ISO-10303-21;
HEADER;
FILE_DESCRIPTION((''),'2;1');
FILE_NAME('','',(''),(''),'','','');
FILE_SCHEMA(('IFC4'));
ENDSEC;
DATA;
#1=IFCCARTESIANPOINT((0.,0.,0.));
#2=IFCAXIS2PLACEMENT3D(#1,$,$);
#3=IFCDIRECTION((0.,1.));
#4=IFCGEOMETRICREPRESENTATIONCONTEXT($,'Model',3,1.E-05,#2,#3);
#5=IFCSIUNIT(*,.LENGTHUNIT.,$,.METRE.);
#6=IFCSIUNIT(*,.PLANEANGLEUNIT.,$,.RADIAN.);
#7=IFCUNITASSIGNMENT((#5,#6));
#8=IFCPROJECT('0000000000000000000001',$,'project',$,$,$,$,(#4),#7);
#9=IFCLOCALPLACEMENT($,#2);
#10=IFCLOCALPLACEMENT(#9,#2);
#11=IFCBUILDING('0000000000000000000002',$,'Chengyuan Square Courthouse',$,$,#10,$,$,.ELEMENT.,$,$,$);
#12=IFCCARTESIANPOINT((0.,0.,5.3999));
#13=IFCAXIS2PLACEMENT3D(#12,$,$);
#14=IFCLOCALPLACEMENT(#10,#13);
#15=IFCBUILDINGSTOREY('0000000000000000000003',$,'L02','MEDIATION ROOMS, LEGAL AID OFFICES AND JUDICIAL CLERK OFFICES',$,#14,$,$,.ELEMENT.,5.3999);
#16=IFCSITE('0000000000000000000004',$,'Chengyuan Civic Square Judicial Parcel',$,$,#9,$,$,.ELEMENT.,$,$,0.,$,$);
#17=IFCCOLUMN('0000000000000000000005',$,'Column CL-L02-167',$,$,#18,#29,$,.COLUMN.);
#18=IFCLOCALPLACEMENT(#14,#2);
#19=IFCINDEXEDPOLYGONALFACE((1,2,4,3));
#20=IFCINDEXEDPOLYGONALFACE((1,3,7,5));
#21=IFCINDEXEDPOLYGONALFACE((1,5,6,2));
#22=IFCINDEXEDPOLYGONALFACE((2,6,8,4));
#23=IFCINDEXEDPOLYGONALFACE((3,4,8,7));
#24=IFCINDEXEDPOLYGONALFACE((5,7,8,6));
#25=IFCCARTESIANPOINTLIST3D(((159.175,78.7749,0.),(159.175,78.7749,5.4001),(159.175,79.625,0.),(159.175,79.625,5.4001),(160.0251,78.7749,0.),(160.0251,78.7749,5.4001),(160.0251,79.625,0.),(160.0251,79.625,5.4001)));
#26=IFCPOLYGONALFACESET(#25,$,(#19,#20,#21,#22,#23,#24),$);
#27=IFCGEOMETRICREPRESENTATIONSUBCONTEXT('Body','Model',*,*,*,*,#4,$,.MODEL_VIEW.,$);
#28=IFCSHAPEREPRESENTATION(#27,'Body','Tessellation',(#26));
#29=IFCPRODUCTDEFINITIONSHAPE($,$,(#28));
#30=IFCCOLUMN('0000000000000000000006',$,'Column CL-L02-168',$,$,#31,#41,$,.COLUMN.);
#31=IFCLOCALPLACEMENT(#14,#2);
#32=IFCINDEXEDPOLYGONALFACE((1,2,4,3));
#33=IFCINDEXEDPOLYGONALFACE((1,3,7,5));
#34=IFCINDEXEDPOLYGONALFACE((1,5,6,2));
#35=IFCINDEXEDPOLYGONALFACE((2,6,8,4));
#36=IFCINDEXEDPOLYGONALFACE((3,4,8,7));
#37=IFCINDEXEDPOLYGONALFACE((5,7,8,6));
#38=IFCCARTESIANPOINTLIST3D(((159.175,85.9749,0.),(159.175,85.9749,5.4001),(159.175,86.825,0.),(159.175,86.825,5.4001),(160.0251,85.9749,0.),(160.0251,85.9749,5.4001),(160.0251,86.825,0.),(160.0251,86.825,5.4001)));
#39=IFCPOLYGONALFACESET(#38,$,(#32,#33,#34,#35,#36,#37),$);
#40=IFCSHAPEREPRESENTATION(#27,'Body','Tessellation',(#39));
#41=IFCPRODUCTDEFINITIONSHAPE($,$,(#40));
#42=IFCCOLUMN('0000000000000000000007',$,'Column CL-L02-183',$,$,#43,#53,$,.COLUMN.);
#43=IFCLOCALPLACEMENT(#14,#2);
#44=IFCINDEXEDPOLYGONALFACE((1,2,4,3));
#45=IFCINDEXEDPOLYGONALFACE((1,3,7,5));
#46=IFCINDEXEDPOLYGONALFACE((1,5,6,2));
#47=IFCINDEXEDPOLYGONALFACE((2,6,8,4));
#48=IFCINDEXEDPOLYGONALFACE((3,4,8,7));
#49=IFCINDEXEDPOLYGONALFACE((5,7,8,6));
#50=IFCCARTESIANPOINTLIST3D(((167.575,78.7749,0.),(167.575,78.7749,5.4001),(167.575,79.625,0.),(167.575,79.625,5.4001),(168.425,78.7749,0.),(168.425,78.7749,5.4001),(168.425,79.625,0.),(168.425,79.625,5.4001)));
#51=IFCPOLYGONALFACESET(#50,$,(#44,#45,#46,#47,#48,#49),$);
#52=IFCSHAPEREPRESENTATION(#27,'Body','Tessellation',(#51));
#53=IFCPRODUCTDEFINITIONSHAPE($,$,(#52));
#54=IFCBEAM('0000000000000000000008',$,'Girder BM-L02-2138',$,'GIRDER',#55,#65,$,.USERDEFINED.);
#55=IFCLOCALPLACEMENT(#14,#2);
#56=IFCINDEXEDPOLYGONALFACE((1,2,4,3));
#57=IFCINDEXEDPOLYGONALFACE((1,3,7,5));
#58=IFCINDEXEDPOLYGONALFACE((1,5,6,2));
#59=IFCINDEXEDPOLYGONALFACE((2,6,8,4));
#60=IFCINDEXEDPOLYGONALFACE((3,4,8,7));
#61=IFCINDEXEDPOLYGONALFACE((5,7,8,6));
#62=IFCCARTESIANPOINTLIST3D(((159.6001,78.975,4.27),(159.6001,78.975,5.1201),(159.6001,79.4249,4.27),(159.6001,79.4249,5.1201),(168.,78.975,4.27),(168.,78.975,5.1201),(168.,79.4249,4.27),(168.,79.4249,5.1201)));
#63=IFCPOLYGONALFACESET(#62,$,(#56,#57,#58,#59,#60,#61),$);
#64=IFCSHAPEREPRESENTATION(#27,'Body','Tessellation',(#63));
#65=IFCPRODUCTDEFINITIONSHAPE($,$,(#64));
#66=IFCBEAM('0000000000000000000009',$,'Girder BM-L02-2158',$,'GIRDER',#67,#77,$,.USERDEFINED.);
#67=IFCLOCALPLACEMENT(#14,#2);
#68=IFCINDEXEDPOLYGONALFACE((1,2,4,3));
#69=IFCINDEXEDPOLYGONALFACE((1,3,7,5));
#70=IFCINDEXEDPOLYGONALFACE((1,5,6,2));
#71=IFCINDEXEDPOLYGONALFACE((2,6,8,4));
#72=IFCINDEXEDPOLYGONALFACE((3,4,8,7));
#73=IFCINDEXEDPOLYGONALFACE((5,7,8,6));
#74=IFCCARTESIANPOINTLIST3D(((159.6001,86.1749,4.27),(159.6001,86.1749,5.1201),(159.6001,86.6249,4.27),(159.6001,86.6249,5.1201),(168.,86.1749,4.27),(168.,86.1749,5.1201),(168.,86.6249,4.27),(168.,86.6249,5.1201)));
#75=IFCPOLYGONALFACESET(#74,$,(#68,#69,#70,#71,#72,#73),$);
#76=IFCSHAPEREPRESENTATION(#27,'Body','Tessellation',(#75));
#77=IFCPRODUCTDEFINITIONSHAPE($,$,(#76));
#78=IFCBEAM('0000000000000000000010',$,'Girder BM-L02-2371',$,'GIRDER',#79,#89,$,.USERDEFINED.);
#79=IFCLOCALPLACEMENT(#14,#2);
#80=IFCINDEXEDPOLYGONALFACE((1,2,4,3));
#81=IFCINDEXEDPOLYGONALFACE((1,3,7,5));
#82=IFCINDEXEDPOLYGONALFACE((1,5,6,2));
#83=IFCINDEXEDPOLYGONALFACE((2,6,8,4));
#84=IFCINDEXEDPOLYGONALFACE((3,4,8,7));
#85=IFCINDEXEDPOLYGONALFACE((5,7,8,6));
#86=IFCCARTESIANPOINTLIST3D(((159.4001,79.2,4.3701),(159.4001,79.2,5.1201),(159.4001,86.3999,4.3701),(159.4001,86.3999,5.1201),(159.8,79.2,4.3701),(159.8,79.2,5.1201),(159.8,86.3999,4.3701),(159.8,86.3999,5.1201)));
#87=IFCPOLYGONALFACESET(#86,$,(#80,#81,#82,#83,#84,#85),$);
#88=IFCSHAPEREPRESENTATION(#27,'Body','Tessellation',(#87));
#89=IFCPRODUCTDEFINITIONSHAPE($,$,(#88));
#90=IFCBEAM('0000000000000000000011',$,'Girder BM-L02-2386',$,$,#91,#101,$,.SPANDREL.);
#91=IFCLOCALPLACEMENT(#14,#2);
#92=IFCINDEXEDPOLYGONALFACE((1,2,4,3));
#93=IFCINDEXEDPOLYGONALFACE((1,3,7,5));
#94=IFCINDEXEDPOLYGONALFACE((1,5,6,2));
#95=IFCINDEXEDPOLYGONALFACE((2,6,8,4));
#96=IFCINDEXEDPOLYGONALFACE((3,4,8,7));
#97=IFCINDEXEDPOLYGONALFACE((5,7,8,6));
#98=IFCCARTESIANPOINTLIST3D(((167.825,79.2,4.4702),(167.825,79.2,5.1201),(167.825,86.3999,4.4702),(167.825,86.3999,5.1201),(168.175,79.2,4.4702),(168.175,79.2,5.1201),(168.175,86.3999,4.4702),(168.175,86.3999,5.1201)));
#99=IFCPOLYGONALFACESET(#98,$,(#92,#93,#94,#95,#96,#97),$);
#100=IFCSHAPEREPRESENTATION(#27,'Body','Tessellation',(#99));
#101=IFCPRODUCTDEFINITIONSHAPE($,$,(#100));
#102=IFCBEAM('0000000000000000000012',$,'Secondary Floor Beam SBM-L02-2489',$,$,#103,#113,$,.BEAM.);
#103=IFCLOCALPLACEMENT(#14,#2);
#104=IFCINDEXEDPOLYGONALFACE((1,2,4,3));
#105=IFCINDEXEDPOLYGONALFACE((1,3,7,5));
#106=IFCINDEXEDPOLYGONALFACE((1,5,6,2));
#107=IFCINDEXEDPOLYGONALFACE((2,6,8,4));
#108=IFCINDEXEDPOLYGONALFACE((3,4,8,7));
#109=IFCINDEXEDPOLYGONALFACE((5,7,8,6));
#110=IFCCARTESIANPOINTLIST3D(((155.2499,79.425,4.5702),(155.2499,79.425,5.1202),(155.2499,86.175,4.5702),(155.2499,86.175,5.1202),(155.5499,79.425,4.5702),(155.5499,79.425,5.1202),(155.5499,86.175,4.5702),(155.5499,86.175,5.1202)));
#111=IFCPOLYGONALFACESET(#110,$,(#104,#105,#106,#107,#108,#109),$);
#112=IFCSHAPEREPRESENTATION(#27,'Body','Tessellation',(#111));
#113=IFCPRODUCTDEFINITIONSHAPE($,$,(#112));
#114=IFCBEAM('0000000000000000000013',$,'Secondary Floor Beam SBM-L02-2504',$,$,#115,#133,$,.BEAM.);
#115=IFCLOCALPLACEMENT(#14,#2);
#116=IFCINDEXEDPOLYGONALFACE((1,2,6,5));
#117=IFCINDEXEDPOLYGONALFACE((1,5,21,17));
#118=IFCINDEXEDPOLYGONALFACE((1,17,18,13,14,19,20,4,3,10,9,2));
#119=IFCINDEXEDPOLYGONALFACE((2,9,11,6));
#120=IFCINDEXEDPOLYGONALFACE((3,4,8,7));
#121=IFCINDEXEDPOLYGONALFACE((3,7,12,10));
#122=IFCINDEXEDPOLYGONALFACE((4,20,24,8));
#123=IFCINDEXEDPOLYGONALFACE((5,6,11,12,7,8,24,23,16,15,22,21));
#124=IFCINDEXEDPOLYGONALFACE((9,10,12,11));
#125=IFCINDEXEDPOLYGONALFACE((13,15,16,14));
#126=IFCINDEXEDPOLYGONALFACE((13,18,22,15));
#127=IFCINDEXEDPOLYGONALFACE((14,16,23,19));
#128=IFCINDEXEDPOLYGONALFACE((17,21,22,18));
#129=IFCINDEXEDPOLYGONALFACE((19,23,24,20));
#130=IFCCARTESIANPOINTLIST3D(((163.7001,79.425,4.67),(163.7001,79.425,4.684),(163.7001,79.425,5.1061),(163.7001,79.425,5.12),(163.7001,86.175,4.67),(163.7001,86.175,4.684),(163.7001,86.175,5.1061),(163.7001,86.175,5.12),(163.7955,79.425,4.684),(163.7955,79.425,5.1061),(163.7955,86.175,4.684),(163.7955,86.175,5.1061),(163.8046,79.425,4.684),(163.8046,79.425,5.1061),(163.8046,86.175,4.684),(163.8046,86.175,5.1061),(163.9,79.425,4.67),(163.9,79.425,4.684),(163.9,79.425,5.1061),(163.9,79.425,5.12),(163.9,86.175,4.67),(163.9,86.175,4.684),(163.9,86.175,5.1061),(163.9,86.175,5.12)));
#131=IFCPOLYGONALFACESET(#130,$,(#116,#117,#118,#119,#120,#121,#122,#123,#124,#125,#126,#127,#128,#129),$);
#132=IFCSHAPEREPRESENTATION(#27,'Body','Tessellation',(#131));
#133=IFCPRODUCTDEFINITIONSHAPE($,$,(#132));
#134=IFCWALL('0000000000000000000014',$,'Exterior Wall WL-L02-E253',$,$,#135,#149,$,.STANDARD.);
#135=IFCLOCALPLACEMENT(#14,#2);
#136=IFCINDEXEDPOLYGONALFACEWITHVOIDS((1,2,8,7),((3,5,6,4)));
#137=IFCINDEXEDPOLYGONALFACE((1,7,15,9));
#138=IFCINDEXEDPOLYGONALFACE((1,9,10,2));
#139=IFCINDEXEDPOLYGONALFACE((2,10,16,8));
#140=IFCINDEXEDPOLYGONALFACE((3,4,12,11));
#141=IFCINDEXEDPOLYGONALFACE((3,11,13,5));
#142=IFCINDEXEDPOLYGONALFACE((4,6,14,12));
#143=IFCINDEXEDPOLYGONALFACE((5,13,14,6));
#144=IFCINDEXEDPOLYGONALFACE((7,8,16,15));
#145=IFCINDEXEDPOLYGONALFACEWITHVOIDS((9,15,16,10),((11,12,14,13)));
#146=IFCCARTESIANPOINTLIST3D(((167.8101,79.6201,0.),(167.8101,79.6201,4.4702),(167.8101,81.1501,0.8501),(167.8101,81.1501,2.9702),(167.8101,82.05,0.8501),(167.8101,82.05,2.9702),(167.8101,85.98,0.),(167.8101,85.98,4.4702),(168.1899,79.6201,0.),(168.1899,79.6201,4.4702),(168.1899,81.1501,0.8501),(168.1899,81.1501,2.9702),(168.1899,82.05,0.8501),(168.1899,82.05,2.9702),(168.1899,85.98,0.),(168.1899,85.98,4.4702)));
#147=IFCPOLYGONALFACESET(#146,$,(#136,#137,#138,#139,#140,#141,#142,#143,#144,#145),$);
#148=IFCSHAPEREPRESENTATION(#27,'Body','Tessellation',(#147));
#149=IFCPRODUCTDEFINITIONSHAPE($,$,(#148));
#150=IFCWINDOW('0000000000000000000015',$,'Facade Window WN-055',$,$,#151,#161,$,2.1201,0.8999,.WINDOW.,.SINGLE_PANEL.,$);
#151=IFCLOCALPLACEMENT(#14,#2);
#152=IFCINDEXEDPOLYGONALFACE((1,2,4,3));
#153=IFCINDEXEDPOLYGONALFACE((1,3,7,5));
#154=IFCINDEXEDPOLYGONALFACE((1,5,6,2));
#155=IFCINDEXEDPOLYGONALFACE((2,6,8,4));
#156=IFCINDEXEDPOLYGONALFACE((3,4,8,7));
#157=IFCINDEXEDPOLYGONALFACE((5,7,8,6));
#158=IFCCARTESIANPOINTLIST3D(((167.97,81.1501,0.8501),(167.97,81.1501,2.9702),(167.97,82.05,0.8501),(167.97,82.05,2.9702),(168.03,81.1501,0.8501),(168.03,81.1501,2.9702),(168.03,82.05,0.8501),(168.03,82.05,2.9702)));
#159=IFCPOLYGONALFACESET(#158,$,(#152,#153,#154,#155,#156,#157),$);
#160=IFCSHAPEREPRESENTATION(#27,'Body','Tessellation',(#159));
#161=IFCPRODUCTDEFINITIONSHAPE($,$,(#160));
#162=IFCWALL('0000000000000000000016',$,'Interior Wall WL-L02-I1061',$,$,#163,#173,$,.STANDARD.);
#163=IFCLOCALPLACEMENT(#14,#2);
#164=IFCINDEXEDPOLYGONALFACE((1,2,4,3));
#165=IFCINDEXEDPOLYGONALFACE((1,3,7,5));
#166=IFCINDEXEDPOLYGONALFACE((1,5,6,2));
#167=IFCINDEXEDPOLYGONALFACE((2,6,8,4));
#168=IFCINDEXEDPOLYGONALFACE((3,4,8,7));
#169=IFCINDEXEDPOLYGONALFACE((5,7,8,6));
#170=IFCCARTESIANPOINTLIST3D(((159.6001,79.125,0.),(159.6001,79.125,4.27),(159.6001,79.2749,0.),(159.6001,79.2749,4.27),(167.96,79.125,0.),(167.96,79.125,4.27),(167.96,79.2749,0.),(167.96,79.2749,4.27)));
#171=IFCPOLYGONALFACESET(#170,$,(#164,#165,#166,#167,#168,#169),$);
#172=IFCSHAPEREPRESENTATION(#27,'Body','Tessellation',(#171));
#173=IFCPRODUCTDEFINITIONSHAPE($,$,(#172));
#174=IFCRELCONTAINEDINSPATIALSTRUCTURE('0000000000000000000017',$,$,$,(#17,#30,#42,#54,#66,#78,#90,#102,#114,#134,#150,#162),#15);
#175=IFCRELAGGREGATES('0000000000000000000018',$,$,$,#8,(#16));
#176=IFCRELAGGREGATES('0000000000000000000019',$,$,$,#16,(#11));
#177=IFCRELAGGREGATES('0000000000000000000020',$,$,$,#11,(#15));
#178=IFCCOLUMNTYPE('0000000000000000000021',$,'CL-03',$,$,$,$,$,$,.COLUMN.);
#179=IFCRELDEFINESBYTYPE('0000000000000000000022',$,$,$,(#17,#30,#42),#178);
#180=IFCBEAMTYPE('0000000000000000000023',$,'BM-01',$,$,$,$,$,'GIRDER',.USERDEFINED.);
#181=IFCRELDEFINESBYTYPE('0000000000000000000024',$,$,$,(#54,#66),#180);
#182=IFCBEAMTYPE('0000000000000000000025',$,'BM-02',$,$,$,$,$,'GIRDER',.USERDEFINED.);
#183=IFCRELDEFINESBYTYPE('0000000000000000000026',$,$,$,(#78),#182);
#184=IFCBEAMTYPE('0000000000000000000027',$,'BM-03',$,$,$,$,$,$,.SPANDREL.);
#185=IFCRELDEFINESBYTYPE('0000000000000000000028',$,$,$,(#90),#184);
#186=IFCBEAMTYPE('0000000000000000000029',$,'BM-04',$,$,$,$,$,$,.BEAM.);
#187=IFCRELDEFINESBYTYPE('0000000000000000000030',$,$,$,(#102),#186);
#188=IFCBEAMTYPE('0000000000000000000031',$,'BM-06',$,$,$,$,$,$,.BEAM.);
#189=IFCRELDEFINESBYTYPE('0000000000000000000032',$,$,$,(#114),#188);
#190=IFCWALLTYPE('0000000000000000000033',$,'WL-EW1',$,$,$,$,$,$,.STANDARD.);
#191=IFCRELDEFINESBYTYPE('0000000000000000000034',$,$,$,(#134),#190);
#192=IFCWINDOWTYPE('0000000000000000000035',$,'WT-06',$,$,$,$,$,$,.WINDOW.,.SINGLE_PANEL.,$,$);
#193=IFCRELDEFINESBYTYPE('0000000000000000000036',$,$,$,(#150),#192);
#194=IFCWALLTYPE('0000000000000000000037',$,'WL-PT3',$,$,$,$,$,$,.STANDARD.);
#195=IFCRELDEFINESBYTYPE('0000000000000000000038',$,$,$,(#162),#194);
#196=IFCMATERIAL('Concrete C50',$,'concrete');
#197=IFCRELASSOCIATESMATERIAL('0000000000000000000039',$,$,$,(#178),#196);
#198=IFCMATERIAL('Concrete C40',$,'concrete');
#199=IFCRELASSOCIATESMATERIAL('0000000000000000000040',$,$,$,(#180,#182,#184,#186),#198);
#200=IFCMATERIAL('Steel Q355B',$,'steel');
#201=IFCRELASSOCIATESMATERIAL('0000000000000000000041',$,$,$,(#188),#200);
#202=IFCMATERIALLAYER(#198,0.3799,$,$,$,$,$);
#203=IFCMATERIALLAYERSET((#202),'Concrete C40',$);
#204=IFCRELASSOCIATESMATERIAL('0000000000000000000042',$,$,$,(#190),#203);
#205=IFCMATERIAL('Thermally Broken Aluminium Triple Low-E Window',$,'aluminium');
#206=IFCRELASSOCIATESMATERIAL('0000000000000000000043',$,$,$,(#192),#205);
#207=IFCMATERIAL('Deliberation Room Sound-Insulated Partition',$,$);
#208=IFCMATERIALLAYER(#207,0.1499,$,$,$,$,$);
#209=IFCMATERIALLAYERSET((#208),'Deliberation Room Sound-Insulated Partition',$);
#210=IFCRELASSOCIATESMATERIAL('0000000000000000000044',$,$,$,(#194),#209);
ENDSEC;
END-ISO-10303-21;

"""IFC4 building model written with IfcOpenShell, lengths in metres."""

from ifc_helpers import new_model, si_unit, direction, frame, frame_2d, origin, origin_2d, place, context, subcontext, project, spatial, rectangle, i_section, extrude, material, layer, layer_set, material_profile, profile_set, type_object, element, fill, save


model = new_model("IFC4")

# Units and contexts
model_context = context("Model", 3, precision=1e-05, world=origin(), true_north=direction((0.0, 1.0)))
body_context = subcontext(model_context, "Body", "Model", "MODEL_VIEW")
ifc_project = project(units=[si_unit("LENGTHUNIT", "METRE"), si_unit("PLANEANGLEUNIT", "RADIAN")], contexts=[model_context])

# Site, building, storey
site_placement = place(None, origin())
site = spatial("IfcSite", under=ifc_project, at=site_placement, Name="Chengyuan Civic Square Judicial Parcel", CompositionType="ELEMENT", RefElevation=0.0)
building_placement = place(site_placement, origin())
building = spatial("IfcBuilding", under=site, at=building_placement, Name="Chengyuan Square Courthouse", CompositionType="ELEMENT")
storey_placement = place(building_placement, frame((0.0, 0.0, 5.3999)))
storey = spatial("IfcBuildingStorey", under=building, at=storey_placement, Name="L02", Description="MEDIATION ROOMS, LEGAL AID OFFICES AND JUDICIAL CLERK OFFICES", CompositionType="ELEMENT", Elevation=5.3999)

# Columns
ifc_material_1 = material(Name="Concrete C50", Category="concrete")
ifc_material_profile_1 = material_profile(ifc_material_1, rectangle(XDim=0.8501, YDim=0.8501, at=origin_2d()), Name="RC-COL-850x850")
ifc_profile_set_1 = profile_set([ifc_material_profile_1], Name="Concrete C50")
column_type = type_object("IfcColumnType", Name="CL-03", PredefinedType="COLUMN", material=ifc_profile_set_1)
for number, where, z_axis, x_axis, name in (
    (1, (159.6001, 79.2, 0.0), (0.0, 0.0, 1.0), (1.0, 0.0, 0.0), "Column CL-L02-167"),
    (2, (159.6001, 86.3999, 0.0), (0.0, 0.0, 1.0), (1.0, 0.0, 0.0), "Column CL-L02-168"),
    (3, (168.0, 79.2, 0.0), (0.0, 0.0, 1.0), (1.0, 0.0, 0.0), "Column CL-L02-183"),
):
    element("IfcColumn", number, at=place(storey_placement, frame(where, z_axis=z_axis, x_axis=x_axis)), inside=storey, type_object=column_type, Name=name, PredefinedType="COLUMN", context=body_context, shape_type="SweptSolid", body=[
        extrude(rectangle(XDim=0.8501, YDim=0.8501, at=origin_2d()), origin(), (0.0, 0.0, 1.0), 5.4001),
    ])

# Beams
ifc_material_2 = material(Name="Concrete C40", Category="concrete")
ifc_material_profile_2 = material_profile(ifc_material_2, rectangle(XDim=0.45, YDim=0.8501, at=origin_2d()), Name="RC-BM-450x850")
ifc_profile_set_2 = profile_set([ifc_material_profile_2], Name="Concrete C40")
beam_type_1 = type_object("IfcBeamType", Name="BM-01", ElementType="GIRDER", PredefinedType="USERDEFINED", material=ifc_profile_set_2)
for number, where, z_axis, x_axis, name in (
    (4, (159.6001, 79.2, 4.6951), (1.0, 0.0, 0.0), (0.0, 1.0, 0.0), "Girder BM-L02-2138"),
    (5, (159.6001, 86.3999, 4.6951), (1.0, 0.0, 0.0), (0.0, 1.0, 0.0), "Girder BM-L02-2158"),
):
    element("IfcBeam", number, at=place(storey_placement, frame(where, z_axis=z_axis, x_axis=x_axis)), inside=storey, type_object=beam_type_1, Name=name, ObjectType="GIRDER", PredefinedType="USERDEFINED", context=body_context, shape_type="SweptSolid", body=[
        extrude(rectangle(XDim=0.45, YDim=0.8501, at=origin_2d()), origin(), (0.0, 0.0, 1.0), 8.3999),
    ])
ifc_material_profile_3 = material_profile(ifc_material_2, rectangle(XDim=0.3999, YDim=0.75, at=origin_2d()), Name="RC-BM-400x750")
ifc_profile_set_3 = profile_set([ifc_material_profile_3], Name="Concrete C40")
beam_type_2 = type_object("IfcBeamType", Name="BM-02", ElementType="GIRDER", PredefinedType="USERDEFINED", material=ifc_profile_set_3)
beam_1_placement = place(storey_placement, frame((159.6001, 79.2, 4.7451), z_axis=(0.0, 1.0, 0.0), x_axis=(-1.0, 0.0, 0.0)))
element("IfcBeam", 6, at=beam_1_placement, inside=storey, type_object=beam_type_2, Name="Girder BM-L02-2371", ObjectType="GIRDER", PredefinedType="USERDEFINED", context=body_context, shape_type="SweptSolid", body=[
    extrude(rectangle(XDim=0.3999, YDim=0.75, at=origin_2d()), origin(), (0.0, 0.0, 1.0), 7.2),
])
ifc_material_profile_4 = material_profile(ifc_material_2, rectangle(XDim=0.3501, YDim=0.6499, at=origin_2d()), Name="RC-BM-350x650")
ifc_profile_set_4 = profile_set([ifc_material_profile_4], Name="Concrete C40")
beam_type_3 = type_object("IfcBeamType", Name="BM-03", PredefinedType="SPANDREL", material=ifc_profile_set_4)
beam_2_placement = place(storey_placement, frame((168.0, 79.2, 4.7952), z_axis=(0.0, 1.0, 0.0), x_axis=(-1.0, 0.0, 0.0)))
element("IfcBeam", 7, at=beam_2_placement, inside=storey, type_object=beam_type_3, Name="Girder BM-L02-2386", PredefinedType="SPANDREL", context=body_context, shape_type="SweptSolid", body=[
    extrude(rectangle(XDim=0.3501, YDim=0.6499, at=origin_2d()), origin(), (0.0, 0.0, 1.0), 7.2),
])
ifc_material_profile_5 = material_profile(ifc_material_2, rectangle(XDim=0.3, YDim=0.55, at=origin_2d()), Name="RC-BM-300x550")
ifc_profile_set_5 = profile_set([ifc_material_profile_5], Name="Concrete C40")
beam_type_4 = type_object("IfcBeamType", Name="BM-04", PredefinedType="BEAM", material=ifc_profile_set_5)
beam_3_placement = place(storey_placement, frame((155.3999, 79.425, 4.8452), z_axis=(0.0, 1.0, 0.0), x_axis=(-1.0, 0.0, 0.0)))
element("IfcBeam", 8, at=beam_3_placement, inside=storey, type_object=beam_type_4, Name="Secondary Floor Beam SBM-L02-2489", PredefinedType="BEAM", context=body_context, shape_type="SweptSolid", body=[
    extrude(rectangle(XDim=0.3, YDim=0.55, at=origin_2d()), origin(), (0.0, 0.0, 1.0), 6.75),
])
ifc_material_3 = material(Name="Steel Q355B", Category="steel")
ifc_material_profile_6 = material_profile(ifc_material_3, i_section(OverallWidth=0.2, OverallDepth=0.45, WebThickness=0.009, FlangeThickness=0.0139, at=origin_2d()), Name="HN 450x200x9x14")
ifc_profile_set_6 = profile_set([ifc_material_profile_6], Name="Steel Q355B")
beam_type_5 = type_object("IfcBeamType", Name="BM-06", PredefinedType="BEAM", material=ifc_profile_set_6)
beam_4_placement = place(storey_placement, frame((163.8, 79.425, 4.895), z_axis=(0.0, 1.0, 0.0), x_axis=(-1.0, 0.0, 0.0)))
element("IfcBeam", 9, at=beam_4_placement, inside=storey, type_object=beam_type_5, Name="Secondary Floor Beam SBM-L02-2504", PredefinedType="BEAM", context=body_context, shape_type="SweptSolid", body=[
    extrude(i_section(OverallWidth=0.2, OverallDepth=0.45, WebThickness=0.009, FlangeThickness=0.0139, at=origin_2d()), origin(), (0.0, 0.0, 1.0), 6.75),
])

# Wall, opening, window
ifc_layer_1 = layer(ifc_material_2, 0.3799)
ifc_layer_set_1 = layer_set([ifc_layer_1], Name="Concrete C40")
wall_type_1 = type_object("IfcWallType", Name="WL-EW1", PredefinedType="STANDARD", material=ifc_layer_set_1)
wall_1_placement = place(storey_placement, frame((168.0, 79.6201, 0.0), z_axis=(0.0, 0.0, 1.0), x_axis=(0.0, 1.0, 0.0)))
wall_1 = element("IfcWall", 10, at=wall_1_placement, inside=storey, type_object=wall_type_1, Name="Exterior Wall WL-L02-E253", PredefinedType="STANDARD", context=body_context, shape_type="SweptSolid", body=[
    extrude(rectangle(XDim=6.3599, YDim=0.3799, at=frame_2d((3.1799, 0.0))), origin(), (0.0, 0.0, 1.0), 4.4702),
])
opening_1_placement = place(wall_1_placement, frame((1.53, 0.0, 0.8501)))
opening_1 = element("IfcOpeningElement", 11, at=opening_1_placement, cuts=wall_1, PredefinedType="OPENING", context=body_context, shape_type="SweptSolid", body=[
    extrude(rectangle(XDim=0.8999, YDim=2.1201, at=frame_2d((0.45, 1.0601))), frame((0.0, 0.2019, 0.0), z_axis=(0.0, -1.0, 0.0), x_axis=(1.0, 0.0, 0.0)), (0.0, 0.0, 1.0), 0.4038),
])
ifc_material_4 = material(Name="Thermally Broken Aluminium Triple Low-E Window", Category="aluminium")
window_type = type_object("IfcWindowType", Name="WT-06", PartitioningType="SINGLE_PANEL", PredefinedType="WINDOW", material=ifc_material_4)
window_placement = place(opening_1_placement, origin())
window = element("IfcWindow", 12, at=window_placement, inside=storey, type_object=window_type, Name="Facade Window WN-055", OverallHeight=2.1201, OverallWidth=0.8999, PartitioningType="SINGLE_PANEL", PredefinedType="WINDOW", context=body_context, shape_type="SweptSolid", body=[
    extrude(rectangle(XDim=0.8999, YDim=2.1201, at=frame_2d((0.45, 1.0601))), frame((0.0, 0.03, 0.0), z_axis=(0.0, -1.0, 0.0), x_axis=(1.0, 0.0, 0.0)), (0.0, 0.0, 1.0), 0.0601),
])
fill(opening_1, window)

# Wall
ifc_material_5 = material(Name="Deliberation Room Sound-Insulated Partition")
ifc_layer_2 = layer(ifc_material_5, 0.1499)
ifc_layer_set_2 = layer_set([ifc_layer_2], Name="Deliberation Room Sound-Insulated Partition")
wall_type_2 = type_object("IfcWallType", Name="WL-PT3", PredefinedType="STANDARD", material=ifc_layer_set_2)
wall_2_placement = place(storey_placement, frame((159.6001, 79.2, 0.0), z_axis=(0.0, 0.0, 1.0), x_axis=(1.0, 0.0, 0.0)))
element("IfcWall", 13, at=wall_2_placement, inside=storey, type_object=wall_type_2, Name="Interior Wall WL-L02-I1061", PredefinedType="STANDARD", context=body_context, shape_type="SweptSolid", body=[
    extrude(rectangle(XDim=8.3599, YDim=0.1499, at=frame_2d((4.1799, 0.0))), origin(), (0.0, 0.0, 1.0), 4.27),
])

save(model, "model.ifc")
